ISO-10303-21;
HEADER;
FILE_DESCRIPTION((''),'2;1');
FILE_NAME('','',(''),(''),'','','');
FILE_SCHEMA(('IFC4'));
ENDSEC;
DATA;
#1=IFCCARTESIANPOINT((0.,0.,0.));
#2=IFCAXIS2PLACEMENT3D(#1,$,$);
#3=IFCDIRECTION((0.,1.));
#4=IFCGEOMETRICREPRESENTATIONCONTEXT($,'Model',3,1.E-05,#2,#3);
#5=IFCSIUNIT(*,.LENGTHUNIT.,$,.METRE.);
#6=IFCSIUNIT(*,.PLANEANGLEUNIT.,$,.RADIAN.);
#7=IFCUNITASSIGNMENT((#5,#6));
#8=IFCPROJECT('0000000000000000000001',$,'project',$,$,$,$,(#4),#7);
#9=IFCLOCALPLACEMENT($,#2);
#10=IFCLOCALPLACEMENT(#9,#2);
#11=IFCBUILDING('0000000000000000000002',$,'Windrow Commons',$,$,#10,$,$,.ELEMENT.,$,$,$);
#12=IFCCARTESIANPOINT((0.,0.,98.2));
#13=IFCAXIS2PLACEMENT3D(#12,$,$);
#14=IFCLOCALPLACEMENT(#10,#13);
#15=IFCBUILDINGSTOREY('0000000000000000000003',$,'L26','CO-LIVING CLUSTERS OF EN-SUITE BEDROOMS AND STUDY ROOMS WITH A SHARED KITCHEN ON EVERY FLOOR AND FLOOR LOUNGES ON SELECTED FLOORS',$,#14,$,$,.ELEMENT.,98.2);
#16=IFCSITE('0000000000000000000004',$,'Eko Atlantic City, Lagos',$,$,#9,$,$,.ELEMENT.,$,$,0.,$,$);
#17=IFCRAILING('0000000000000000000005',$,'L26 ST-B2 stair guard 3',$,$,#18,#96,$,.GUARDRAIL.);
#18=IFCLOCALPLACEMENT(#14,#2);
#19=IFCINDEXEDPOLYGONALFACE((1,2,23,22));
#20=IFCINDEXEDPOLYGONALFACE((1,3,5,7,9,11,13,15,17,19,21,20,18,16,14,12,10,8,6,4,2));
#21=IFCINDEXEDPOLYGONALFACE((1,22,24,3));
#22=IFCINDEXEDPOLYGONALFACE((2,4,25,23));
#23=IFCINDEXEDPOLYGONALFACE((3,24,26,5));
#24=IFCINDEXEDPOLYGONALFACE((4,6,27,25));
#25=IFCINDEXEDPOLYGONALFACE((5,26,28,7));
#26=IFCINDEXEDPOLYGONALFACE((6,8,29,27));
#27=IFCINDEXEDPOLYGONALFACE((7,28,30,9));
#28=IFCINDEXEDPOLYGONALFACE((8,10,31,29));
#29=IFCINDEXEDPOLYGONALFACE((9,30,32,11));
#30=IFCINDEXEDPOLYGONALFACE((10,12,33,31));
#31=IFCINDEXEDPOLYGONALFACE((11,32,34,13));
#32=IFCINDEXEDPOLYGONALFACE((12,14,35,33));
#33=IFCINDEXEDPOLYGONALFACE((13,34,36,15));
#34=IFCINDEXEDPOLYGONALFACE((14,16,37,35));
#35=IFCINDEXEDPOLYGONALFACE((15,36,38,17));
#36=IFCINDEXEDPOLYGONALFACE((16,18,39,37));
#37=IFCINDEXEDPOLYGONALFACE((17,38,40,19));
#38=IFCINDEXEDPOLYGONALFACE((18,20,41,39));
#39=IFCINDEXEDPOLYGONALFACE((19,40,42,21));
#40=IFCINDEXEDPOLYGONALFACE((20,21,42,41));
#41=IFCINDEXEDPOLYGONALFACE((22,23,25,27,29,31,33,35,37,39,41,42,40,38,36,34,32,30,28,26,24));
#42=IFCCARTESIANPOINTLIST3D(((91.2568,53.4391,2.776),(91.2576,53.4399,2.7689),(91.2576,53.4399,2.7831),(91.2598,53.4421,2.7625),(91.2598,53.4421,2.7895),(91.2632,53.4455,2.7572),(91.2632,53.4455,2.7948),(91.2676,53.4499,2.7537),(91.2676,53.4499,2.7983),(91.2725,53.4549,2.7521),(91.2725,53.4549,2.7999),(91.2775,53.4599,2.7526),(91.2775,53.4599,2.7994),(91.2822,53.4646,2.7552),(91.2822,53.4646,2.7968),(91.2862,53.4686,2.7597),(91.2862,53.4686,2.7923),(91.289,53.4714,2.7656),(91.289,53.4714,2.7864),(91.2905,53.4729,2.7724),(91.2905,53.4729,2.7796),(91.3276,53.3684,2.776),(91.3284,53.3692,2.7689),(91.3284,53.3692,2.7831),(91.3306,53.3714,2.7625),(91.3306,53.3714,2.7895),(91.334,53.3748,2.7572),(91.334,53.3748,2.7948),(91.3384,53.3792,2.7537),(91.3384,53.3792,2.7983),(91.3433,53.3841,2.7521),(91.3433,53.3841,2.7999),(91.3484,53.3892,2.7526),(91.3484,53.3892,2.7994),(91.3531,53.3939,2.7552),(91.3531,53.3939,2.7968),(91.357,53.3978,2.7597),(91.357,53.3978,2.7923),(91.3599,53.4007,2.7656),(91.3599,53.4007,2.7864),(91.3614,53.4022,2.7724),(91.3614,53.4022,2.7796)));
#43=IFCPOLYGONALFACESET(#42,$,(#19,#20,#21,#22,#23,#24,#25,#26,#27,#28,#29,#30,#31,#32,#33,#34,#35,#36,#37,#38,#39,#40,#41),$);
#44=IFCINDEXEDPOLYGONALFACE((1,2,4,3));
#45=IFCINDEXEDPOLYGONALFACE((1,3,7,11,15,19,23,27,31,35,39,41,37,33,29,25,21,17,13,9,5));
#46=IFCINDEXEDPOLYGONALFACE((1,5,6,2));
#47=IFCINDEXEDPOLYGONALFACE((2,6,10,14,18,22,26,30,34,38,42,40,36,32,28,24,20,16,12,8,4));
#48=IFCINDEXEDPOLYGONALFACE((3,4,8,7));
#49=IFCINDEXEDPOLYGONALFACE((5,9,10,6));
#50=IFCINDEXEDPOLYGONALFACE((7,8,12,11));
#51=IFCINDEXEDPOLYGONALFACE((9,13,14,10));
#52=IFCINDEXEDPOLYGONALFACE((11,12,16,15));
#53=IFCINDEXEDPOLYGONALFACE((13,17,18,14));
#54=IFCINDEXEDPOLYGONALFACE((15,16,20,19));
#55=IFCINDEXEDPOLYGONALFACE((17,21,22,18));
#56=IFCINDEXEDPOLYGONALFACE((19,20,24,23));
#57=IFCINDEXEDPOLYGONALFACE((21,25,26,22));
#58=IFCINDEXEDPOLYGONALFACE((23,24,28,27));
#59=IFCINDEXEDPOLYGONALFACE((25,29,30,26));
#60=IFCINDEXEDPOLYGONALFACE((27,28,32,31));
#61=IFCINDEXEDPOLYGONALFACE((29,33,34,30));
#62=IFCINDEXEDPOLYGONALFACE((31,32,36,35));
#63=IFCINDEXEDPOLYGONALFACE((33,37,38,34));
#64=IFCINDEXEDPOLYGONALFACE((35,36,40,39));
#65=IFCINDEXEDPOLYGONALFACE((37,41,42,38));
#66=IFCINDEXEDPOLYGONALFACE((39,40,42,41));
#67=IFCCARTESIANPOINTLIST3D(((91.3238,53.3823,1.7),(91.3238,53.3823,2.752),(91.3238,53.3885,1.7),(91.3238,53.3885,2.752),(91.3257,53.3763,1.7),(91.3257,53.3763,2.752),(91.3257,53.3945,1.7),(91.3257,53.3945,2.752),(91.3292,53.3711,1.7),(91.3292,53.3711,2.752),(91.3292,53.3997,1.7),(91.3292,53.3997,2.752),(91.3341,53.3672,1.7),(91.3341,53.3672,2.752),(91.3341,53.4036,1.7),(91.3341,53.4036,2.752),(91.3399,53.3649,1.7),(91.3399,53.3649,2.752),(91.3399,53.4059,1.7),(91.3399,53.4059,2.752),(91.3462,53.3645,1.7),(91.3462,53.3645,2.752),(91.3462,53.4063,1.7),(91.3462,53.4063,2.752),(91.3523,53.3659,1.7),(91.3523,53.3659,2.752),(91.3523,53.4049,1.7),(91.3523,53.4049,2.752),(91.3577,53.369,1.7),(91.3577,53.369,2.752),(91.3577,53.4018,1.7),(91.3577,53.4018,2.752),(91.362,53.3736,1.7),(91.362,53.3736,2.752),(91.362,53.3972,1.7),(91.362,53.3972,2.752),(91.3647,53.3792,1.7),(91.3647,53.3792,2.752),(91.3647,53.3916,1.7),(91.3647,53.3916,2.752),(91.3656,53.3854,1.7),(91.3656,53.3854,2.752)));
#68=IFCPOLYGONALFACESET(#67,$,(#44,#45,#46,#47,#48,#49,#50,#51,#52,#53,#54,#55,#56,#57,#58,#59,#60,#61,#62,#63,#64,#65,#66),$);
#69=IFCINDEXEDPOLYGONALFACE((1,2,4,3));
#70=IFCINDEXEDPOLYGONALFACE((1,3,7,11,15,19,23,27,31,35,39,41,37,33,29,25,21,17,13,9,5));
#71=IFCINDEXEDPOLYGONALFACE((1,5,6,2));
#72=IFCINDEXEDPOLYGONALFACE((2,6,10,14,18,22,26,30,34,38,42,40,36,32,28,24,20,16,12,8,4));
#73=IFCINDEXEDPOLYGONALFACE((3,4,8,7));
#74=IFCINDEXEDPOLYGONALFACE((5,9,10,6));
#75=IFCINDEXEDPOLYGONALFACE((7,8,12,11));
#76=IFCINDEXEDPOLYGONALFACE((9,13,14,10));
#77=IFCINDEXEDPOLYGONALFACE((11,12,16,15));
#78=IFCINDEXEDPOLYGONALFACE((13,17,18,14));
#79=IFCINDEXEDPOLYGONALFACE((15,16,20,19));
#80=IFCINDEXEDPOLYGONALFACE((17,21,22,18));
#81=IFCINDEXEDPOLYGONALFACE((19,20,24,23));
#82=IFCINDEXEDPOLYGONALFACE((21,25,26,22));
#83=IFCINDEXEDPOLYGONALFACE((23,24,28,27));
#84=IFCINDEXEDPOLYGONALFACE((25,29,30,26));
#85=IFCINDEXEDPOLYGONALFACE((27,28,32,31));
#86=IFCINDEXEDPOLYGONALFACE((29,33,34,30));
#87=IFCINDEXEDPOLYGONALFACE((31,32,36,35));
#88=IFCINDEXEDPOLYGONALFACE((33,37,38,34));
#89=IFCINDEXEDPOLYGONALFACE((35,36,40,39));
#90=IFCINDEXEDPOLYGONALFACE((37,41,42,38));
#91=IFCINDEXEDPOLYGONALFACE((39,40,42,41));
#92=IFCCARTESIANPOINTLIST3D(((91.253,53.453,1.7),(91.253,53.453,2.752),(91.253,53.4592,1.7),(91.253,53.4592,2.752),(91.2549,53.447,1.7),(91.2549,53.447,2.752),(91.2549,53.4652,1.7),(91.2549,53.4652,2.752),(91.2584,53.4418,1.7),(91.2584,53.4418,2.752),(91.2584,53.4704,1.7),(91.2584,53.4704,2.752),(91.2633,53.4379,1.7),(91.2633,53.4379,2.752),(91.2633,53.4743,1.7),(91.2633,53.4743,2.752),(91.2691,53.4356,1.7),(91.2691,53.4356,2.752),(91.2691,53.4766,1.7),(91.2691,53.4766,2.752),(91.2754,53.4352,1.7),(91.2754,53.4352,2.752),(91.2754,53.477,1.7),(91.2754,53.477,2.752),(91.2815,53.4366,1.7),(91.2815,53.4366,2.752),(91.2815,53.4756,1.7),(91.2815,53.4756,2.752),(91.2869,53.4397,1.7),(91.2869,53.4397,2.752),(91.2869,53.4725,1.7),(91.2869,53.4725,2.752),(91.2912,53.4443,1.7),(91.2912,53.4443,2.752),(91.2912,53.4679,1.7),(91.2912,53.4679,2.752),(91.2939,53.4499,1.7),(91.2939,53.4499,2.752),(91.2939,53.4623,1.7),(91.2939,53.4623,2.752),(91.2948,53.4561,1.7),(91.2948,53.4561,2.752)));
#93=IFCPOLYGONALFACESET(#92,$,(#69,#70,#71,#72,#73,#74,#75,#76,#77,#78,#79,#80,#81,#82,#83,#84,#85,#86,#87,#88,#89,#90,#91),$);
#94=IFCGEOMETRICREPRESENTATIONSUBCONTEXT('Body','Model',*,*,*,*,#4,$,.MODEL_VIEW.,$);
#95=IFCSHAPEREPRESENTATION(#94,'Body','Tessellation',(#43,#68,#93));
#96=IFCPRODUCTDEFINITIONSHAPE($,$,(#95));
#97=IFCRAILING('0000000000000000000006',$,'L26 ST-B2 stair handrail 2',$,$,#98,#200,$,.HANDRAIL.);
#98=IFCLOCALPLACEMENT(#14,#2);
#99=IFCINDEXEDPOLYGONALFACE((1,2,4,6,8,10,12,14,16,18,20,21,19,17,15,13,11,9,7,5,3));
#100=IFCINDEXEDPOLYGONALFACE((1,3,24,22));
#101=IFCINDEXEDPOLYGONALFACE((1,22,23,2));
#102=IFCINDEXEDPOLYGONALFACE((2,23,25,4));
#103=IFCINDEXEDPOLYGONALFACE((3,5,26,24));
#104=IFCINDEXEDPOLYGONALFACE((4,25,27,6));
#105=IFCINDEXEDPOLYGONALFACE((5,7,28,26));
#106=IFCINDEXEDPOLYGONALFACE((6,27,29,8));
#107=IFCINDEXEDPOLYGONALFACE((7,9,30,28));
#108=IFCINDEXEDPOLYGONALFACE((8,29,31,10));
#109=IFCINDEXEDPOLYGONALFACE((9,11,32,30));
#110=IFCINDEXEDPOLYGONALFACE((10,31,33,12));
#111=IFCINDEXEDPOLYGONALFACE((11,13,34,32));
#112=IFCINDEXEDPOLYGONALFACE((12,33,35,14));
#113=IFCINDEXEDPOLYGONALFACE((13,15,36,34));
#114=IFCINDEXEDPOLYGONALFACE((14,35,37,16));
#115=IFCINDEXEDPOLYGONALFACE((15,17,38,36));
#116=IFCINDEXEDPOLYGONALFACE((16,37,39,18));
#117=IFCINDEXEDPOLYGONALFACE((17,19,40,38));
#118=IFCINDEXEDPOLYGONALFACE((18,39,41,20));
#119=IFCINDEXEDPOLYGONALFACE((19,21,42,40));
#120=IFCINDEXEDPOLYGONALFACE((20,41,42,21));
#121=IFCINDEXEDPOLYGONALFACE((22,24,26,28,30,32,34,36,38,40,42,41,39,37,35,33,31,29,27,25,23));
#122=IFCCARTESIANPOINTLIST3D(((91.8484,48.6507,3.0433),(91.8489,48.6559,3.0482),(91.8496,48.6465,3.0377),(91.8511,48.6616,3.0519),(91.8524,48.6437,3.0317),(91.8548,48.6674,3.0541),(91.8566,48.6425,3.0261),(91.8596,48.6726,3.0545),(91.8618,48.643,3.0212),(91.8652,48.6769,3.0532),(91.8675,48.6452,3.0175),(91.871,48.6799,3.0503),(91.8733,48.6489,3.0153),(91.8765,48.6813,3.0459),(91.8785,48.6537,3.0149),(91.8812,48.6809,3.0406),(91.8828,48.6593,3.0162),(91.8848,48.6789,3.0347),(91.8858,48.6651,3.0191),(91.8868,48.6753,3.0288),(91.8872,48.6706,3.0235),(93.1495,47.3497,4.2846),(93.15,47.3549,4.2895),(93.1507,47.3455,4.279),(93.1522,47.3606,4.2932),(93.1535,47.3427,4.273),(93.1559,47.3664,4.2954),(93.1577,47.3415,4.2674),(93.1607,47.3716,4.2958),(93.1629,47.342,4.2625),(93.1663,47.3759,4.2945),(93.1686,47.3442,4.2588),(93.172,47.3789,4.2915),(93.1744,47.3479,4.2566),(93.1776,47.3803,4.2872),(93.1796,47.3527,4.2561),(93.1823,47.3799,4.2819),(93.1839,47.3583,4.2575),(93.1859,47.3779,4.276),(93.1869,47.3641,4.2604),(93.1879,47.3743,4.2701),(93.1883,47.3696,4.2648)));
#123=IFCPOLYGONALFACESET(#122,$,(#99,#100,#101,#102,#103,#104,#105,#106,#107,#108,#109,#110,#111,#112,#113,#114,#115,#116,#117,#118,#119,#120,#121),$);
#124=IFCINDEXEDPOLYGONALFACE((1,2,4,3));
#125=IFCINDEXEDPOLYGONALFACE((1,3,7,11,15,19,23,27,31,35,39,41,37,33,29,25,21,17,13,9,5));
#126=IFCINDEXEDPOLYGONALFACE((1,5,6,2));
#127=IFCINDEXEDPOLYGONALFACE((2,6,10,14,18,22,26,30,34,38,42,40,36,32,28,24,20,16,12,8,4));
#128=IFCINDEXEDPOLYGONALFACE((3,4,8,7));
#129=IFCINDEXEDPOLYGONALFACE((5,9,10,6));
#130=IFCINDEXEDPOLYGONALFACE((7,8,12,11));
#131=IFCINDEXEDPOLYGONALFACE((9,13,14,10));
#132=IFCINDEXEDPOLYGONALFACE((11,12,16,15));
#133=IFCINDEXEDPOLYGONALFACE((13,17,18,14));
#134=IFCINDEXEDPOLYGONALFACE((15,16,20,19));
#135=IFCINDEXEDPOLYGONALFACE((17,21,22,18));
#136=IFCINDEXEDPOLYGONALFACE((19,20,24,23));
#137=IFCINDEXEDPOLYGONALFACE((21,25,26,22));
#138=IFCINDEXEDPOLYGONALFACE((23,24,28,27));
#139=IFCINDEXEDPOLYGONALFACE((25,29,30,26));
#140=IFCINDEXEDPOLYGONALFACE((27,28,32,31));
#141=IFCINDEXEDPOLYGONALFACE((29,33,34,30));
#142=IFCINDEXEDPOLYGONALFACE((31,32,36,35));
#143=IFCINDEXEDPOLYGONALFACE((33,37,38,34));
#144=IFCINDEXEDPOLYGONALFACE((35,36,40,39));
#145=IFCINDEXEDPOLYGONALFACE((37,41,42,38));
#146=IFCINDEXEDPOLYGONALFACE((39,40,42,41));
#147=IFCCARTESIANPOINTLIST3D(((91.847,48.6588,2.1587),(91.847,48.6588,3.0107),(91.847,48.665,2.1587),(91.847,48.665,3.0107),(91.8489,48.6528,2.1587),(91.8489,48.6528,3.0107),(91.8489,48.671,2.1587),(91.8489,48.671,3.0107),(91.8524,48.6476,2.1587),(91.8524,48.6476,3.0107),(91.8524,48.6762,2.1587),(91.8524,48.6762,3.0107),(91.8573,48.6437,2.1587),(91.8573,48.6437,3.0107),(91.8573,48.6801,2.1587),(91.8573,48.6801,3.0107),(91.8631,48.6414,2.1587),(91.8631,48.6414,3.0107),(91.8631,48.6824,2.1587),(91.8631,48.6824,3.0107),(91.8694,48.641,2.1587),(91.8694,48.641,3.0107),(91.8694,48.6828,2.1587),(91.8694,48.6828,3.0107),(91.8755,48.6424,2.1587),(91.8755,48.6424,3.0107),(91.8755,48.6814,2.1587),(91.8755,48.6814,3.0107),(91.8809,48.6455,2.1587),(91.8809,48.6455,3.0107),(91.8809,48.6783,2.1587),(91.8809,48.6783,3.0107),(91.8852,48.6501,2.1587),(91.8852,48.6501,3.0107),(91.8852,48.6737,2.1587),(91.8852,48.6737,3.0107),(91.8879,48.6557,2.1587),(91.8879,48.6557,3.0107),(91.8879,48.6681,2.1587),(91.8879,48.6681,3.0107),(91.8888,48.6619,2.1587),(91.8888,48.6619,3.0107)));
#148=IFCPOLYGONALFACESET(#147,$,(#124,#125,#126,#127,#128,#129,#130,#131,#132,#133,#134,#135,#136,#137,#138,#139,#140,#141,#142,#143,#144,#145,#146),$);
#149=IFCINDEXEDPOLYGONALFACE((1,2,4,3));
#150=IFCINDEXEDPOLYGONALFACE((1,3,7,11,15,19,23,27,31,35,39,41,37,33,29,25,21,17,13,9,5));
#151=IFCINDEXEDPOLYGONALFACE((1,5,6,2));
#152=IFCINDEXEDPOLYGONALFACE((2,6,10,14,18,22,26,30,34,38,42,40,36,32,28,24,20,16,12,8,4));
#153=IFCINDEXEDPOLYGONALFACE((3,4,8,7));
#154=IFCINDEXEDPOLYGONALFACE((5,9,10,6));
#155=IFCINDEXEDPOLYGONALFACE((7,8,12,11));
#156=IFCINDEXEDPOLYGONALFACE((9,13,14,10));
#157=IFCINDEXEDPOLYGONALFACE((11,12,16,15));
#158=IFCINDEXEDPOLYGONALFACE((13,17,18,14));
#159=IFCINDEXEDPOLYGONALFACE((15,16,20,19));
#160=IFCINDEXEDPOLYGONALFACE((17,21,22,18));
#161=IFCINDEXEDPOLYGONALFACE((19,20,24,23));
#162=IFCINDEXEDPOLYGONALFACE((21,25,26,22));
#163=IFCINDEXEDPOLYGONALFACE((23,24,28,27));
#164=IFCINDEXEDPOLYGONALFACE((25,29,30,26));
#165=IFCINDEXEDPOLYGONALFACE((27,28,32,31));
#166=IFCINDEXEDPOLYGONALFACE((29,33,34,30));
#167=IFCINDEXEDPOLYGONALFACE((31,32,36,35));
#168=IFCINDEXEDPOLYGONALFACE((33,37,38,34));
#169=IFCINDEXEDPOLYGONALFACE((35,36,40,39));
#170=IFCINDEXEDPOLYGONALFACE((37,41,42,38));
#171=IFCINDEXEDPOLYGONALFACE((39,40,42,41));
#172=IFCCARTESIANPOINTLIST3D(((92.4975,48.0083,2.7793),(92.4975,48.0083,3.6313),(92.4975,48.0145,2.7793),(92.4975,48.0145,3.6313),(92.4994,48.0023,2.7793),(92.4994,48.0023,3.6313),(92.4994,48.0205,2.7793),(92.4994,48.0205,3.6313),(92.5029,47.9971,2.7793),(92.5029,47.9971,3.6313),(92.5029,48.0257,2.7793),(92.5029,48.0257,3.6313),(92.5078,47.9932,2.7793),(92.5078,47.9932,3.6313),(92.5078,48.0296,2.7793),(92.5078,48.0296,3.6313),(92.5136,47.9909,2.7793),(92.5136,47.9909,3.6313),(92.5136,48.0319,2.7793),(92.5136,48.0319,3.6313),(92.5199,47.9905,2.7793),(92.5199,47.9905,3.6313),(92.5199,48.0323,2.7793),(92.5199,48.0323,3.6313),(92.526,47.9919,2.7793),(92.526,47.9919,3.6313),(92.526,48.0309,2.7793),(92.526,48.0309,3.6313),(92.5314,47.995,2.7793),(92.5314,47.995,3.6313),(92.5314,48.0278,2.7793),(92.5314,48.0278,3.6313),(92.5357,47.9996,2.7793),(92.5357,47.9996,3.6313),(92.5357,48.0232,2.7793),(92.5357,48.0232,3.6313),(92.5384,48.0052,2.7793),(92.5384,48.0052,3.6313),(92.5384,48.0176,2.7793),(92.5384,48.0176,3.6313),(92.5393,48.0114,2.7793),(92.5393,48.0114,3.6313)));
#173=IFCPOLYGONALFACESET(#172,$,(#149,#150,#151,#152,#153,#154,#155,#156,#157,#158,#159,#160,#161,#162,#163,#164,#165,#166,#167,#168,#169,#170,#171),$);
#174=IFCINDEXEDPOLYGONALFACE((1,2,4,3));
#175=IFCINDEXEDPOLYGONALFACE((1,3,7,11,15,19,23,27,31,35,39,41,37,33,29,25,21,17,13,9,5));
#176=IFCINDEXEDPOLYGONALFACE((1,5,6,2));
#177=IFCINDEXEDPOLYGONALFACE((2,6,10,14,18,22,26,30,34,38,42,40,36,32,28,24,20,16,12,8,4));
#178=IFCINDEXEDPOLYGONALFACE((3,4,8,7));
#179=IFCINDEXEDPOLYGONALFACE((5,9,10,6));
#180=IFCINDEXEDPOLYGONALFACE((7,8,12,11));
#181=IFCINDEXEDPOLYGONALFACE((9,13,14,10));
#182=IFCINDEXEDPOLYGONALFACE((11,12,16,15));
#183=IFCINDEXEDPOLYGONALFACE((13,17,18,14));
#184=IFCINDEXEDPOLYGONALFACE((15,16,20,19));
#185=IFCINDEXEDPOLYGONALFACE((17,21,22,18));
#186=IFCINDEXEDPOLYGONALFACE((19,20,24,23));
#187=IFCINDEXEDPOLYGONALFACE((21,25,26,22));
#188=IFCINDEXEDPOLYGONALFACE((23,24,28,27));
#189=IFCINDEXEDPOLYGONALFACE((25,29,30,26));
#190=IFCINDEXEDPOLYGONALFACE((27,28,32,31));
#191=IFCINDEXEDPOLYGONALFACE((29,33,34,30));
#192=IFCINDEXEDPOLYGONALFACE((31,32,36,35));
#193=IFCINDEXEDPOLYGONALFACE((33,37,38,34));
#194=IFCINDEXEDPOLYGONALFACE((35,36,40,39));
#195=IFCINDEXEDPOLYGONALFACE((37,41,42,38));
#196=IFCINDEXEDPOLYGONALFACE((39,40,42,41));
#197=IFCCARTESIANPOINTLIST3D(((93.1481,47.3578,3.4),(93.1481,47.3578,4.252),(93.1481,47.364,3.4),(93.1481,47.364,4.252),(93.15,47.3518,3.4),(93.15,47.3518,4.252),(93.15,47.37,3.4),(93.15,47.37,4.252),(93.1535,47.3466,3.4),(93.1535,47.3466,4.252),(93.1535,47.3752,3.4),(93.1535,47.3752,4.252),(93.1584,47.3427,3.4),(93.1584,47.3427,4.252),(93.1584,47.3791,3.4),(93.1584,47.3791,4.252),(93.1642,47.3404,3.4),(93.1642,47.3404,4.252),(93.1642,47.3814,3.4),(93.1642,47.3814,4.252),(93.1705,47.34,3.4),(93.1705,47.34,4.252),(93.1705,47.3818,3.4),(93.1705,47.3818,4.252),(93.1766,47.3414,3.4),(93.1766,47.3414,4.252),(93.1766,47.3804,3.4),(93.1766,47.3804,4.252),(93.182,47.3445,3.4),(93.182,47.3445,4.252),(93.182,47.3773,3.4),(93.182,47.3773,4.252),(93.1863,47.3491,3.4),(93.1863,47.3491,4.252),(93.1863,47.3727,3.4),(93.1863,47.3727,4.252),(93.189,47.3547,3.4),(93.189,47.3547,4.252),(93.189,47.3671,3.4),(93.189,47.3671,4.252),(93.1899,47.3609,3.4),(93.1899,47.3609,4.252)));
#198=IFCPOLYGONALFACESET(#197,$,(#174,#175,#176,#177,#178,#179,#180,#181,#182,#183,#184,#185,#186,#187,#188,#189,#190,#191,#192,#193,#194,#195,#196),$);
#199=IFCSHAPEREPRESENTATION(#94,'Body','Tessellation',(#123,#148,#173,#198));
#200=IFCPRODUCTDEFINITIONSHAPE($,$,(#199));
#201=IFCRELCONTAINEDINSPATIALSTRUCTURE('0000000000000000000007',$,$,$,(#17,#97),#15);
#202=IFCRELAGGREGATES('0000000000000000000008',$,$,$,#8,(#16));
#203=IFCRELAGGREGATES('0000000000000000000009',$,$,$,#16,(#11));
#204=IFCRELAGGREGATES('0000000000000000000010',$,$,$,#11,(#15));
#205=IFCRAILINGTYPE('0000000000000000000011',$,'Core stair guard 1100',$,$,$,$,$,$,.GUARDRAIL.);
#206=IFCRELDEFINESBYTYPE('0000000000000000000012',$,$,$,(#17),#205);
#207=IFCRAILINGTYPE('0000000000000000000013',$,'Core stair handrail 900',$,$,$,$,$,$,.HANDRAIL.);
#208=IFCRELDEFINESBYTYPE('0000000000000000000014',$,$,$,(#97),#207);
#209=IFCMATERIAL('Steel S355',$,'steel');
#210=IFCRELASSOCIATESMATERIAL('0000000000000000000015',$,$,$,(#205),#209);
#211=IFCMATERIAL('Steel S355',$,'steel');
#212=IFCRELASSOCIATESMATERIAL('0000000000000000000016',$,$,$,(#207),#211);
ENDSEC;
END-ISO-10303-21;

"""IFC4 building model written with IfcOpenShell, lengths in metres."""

from ifc_helpers import new_model, si_unit, direction, frame, origin, origin_2d, place, context, subcontext, project, spatial, circle, extrude, material, type_object, element, save


model = new_model("IFC4")

# Units and contexts
model_context = context("Model", 3, precision=1e-05, world=origin(), true_north=direction((0.0, 1.0)))
body_context = subcontext(model_context, "Body", "Model", "MODEL_VIEW")
ifc_project = project(units=[si_unit("LENGTHUNIT", "METRE"), si_unit("PLANEANGLEUNIT", "RADIAN")], contexts=[model_context])

# Site, building, storey
site_placement = place(None, origin())
site = spatial("IfcSite", under=ifc_project, at=site_placement, Name="Eko Atlantic City, Lagos", CompositionType="ELEMENT", RefElevation=0.0)
building_placement = place(site_placement, origin())
building = spatial("IfcBuilding", under=site, at=building_placement, Name="Windrow Commons", CompositionType="ELEMENT")
storey_placement = place(building_placement, frame((0.0, 0.0, 98.2)))
storey = spatial("IfcBuildingStorey", under=building, at=storey_placement, Name="L26", Description="CO-LIVING CLUSTERS OF EN-SUITE BEDROOMS AND STUDY ROOMS WITH A SHARED KITCHEN ON EVERY FLOOR AND FLOOR LOUNGES ON SELECTED FLOORS", CompositionType="ELEMENT", Elevation=98.2)

# Railings
ifc_material_1 = material(Name="Steel S355", Category="steel")
railing_type_1 = type_object("IfcRailingType", Name="Core stair guard 1100", PredefinedType="GUARDRAIL", material=ifc_material_1)
railing_1_placement = place(storey_placement, frame((91.3446, 53.3854, 1.7)))
element("IfcRailing", 1, at=railing_1_placement, inside=storey, type_object=railing_type_1, Name="L26 ST-B2 stair guard 3", PredefinedType="GUARDRAIL", context=body_context, shape_type="SweptSolid", body=[
    extrude(circle(Radius=0.024, at=origin_2d()), frame((0.0, 0.0, 1.076), z_axis=(-0.707606, 0.706607, 0.0), x_axis=(-0.706607, -0.707606, 0.0)), (0.0, 0.0, 1.0), 0.1001),
    extrude(circle(Radius=0.021, at=origin_2d()), origin(), (0.0, 0.0, 1.0), 1.052),
    extrude(circle(Radius=0.021, at=origin_2d()), frame((-0.0708, 0.0707, 0.0)), (0.0, 0.0, 1.0), 1.052),
])
ifc_material_2 = material(Name="Steel S355", Category="steel")
railing_type_2 = type_object("IfcRailingType", Name="Core stair handrail 900", PredefinedType="HANDRAIL", material=ifc_material_2)
railing_2_placement = place(storey_placement, frame((91.8678, 48.6619, 2.1587)))
element("IfcRailing", 2, at=railing_2_placement, inside=storey, type_object=railing_type_2, Name="L26 ST-B2 stair handrail 2", PredefinedType="HANDRAIL", context=body_context, shape_type="SweptSolid", body=[
    extrude(circle(Radius=0.024, at=origin_2d()), frame((0.0, 0.0, 0.876), z_axis=(0.586207, -0.586162, 0.559264), x_axis=(0.70708, 0.707134, 0.0)), (0.0, 0.0, 1.0), 2.2195),
    extrude(circle(Radius=0.021, at=origin_2d()), origin(), (0.0, 0.0, 1.0), 0.852),
    extrude(circle(Radius=0.021, at=origin_2d()), frame((0.6505, -0.6505, 0.6206)), (0.0, 0.0, 1.0), 0.852),
    extrude(circle(Radius=0.021, at=origin_2d()), frame((1.3011, -1.301, 1.2413)), (0.0, 0.0, 1.0), 0.852),
])

save(model, "model.ifc")
